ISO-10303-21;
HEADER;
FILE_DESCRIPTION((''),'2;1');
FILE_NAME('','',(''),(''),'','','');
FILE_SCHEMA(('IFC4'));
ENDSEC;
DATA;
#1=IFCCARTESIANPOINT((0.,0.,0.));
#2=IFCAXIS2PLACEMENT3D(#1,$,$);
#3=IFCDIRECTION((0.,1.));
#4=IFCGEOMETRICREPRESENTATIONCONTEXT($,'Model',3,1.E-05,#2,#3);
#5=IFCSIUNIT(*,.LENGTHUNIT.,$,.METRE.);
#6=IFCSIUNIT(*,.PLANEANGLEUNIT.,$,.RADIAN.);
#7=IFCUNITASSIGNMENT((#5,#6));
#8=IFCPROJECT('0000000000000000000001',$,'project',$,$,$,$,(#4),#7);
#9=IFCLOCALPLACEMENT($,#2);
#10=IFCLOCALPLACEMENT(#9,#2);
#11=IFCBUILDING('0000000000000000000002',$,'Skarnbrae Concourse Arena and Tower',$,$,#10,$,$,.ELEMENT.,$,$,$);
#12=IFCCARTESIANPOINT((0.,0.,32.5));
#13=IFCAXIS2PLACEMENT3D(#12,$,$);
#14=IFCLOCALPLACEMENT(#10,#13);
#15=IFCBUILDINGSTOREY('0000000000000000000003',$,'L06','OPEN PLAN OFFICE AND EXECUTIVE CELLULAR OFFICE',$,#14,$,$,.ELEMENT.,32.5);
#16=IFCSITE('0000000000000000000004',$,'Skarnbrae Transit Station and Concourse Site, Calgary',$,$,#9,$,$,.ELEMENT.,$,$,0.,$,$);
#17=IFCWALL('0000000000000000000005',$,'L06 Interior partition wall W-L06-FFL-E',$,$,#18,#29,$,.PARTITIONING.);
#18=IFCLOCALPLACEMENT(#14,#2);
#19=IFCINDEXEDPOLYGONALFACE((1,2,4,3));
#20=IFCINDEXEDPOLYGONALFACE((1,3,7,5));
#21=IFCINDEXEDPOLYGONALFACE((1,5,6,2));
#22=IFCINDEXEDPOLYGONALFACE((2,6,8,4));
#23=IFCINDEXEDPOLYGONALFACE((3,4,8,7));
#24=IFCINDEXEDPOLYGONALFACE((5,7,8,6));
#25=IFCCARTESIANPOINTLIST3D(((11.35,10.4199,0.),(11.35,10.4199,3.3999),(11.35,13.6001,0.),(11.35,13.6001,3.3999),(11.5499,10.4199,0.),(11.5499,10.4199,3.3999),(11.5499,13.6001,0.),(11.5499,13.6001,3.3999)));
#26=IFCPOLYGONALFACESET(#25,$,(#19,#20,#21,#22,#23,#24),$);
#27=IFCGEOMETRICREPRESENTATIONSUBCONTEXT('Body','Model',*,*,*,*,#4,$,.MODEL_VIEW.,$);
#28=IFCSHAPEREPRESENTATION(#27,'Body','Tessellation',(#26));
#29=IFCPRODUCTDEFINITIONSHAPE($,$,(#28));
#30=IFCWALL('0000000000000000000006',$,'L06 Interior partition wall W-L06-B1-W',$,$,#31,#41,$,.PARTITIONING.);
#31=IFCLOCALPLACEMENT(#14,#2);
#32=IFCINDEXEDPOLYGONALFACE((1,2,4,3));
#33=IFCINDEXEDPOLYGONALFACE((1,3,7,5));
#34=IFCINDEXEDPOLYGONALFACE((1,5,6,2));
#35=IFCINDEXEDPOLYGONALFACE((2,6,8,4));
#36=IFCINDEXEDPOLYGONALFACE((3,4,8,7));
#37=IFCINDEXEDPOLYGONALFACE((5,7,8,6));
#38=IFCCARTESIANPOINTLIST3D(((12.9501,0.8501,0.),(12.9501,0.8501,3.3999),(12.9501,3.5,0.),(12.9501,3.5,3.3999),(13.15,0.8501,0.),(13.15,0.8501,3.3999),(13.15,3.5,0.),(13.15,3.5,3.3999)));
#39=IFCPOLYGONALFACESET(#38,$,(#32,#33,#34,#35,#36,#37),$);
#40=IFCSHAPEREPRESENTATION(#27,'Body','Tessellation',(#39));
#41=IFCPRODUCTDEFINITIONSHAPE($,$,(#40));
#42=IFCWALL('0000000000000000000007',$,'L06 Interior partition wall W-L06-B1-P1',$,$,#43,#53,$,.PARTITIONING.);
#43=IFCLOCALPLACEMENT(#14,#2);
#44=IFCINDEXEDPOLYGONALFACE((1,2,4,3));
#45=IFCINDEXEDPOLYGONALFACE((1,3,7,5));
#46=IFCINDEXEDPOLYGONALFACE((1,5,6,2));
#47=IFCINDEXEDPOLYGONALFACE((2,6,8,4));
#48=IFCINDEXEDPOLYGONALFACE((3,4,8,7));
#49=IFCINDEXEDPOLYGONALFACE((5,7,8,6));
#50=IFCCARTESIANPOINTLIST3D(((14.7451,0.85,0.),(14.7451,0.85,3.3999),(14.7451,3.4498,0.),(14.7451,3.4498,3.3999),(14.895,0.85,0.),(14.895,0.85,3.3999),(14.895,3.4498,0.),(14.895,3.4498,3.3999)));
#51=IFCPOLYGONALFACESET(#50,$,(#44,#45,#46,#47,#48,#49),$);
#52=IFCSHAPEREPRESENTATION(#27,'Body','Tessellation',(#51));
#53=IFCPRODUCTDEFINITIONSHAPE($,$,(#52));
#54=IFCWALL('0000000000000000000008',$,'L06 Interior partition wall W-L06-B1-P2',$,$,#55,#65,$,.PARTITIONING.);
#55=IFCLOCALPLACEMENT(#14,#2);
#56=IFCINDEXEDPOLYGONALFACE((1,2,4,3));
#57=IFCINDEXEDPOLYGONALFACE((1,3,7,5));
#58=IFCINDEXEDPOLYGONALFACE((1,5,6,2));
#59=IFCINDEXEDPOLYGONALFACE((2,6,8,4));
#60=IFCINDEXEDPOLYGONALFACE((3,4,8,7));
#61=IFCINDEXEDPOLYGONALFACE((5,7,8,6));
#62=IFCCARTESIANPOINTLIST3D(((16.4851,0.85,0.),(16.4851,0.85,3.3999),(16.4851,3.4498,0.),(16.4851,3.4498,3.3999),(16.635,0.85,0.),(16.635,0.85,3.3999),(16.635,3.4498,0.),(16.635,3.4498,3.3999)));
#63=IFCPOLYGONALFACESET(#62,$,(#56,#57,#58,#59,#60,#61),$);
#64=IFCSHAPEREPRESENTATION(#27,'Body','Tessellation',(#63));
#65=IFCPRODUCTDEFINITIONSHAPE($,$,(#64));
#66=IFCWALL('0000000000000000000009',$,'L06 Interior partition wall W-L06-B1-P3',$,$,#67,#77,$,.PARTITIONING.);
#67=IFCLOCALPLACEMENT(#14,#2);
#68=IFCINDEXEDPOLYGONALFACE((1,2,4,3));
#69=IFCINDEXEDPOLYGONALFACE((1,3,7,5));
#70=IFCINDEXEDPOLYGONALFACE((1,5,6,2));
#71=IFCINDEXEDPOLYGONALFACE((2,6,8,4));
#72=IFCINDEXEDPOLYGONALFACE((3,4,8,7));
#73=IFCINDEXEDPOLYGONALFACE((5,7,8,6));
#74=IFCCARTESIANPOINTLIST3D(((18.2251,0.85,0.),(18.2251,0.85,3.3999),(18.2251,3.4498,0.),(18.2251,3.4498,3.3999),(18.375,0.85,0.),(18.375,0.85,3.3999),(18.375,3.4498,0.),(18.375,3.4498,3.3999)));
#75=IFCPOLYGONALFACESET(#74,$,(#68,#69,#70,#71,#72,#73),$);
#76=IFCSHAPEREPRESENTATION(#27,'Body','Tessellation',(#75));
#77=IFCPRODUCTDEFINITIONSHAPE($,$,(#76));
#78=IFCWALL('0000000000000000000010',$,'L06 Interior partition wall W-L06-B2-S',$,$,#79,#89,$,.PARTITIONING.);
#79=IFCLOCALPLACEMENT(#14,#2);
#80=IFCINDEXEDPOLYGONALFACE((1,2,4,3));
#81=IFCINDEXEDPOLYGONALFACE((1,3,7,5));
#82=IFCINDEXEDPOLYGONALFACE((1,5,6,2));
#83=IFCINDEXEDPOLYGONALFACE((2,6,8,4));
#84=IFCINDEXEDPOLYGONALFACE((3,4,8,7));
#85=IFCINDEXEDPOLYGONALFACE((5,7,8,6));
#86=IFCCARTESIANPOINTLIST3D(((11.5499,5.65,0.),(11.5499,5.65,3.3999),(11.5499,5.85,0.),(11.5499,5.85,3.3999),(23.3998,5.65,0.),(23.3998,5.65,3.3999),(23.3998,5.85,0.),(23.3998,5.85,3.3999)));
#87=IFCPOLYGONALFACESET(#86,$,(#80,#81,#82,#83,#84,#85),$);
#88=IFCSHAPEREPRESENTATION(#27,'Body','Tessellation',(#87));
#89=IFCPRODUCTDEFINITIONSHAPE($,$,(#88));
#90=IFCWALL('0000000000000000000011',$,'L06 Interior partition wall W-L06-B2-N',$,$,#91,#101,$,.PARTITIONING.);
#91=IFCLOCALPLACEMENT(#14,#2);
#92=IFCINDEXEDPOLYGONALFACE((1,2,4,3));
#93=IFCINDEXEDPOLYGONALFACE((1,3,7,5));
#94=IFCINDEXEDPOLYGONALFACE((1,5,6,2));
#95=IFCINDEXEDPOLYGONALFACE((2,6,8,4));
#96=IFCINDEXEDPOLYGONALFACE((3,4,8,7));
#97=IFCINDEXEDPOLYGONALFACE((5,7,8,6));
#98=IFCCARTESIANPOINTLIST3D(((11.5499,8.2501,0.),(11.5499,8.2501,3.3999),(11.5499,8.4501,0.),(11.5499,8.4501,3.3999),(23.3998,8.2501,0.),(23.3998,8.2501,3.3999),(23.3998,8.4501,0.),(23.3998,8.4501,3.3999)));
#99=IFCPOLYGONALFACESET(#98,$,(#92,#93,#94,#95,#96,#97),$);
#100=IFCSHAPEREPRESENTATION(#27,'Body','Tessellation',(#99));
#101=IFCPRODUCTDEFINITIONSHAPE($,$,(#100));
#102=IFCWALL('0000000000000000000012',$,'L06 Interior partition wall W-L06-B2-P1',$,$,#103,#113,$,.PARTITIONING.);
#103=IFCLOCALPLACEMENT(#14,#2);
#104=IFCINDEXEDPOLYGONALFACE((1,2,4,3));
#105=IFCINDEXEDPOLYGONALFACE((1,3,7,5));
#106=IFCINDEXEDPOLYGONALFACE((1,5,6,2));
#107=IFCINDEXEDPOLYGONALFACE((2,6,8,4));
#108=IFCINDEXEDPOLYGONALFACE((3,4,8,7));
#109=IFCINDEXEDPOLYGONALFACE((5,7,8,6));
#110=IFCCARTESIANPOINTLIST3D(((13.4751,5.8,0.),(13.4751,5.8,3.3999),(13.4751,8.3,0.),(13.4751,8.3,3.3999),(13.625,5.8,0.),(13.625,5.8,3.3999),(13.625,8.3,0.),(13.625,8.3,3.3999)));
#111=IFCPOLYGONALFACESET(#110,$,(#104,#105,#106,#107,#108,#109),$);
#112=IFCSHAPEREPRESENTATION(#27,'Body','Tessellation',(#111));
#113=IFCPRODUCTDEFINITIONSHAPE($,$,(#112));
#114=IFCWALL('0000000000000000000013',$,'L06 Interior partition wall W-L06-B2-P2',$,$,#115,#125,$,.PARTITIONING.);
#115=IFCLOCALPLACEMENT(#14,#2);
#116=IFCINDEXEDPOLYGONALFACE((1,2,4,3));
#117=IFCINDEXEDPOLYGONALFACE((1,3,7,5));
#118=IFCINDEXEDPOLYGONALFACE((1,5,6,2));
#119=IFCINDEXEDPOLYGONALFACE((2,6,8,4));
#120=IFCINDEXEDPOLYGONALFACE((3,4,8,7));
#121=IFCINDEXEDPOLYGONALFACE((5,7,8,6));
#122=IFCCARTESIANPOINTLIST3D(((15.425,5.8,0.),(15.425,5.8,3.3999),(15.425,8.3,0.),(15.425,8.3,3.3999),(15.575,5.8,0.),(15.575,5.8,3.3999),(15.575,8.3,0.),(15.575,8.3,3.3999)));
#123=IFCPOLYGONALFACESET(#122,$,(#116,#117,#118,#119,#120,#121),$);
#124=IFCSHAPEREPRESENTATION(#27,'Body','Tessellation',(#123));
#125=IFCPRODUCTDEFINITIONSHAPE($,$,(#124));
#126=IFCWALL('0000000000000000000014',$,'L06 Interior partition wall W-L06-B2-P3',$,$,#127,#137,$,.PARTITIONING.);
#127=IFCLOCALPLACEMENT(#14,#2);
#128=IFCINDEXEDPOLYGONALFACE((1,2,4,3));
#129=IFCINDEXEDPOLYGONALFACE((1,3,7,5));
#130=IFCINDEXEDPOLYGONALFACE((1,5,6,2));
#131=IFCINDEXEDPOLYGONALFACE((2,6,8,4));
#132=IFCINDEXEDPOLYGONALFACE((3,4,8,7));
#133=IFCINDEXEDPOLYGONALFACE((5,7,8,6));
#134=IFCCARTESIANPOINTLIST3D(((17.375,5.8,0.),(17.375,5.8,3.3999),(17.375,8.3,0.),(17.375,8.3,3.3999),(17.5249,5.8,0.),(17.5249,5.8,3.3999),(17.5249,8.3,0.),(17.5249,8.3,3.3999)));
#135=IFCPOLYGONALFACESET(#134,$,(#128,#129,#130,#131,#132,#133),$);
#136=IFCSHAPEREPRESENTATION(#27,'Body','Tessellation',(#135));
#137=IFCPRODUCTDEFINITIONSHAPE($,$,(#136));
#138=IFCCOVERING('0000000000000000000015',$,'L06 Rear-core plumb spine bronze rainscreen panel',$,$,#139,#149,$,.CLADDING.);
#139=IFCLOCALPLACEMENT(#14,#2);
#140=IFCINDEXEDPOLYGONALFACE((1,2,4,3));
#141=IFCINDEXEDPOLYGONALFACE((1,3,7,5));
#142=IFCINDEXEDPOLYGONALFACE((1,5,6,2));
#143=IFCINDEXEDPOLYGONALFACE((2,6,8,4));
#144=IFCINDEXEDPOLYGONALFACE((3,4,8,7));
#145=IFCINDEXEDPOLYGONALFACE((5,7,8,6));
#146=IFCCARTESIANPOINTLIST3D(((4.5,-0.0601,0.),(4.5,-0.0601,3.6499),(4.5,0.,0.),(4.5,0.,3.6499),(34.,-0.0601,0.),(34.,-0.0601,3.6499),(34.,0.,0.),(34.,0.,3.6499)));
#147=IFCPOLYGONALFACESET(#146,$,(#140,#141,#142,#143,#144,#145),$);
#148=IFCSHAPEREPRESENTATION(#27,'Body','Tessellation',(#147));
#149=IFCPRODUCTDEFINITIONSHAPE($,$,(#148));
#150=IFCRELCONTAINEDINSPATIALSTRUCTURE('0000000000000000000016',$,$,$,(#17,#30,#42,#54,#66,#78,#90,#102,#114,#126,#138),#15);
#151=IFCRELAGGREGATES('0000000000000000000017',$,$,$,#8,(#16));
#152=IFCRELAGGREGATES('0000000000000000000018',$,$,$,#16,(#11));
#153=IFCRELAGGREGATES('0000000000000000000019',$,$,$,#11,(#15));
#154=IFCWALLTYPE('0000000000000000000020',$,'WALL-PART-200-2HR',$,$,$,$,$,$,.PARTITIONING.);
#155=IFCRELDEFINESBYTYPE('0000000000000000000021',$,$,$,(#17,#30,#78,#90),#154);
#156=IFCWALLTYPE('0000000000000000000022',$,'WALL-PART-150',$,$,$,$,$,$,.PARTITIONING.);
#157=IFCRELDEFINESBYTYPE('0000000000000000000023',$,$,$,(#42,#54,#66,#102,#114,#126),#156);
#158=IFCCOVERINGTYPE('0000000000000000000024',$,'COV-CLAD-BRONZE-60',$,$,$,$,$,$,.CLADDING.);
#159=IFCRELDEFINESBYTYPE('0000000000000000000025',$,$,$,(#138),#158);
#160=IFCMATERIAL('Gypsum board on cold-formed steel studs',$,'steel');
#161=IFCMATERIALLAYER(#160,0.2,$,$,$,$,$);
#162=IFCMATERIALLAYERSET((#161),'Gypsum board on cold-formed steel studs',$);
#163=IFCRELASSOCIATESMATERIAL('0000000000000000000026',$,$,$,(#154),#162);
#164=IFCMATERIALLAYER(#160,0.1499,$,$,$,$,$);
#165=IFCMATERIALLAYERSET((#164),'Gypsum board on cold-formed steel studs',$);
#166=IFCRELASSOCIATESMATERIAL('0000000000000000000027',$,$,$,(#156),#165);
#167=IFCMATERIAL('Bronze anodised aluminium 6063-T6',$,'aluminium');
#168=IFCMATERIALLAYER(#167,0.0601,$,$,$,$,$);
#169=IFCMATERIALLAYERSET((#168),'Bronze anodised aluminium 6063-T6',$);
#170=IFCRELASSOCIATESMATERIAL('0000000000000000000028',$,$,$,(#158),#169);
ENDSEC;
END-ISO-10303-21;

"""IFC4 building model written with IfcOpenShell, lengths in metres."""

from ifc_helpers import new_model, si_unit, direction, frame, frame_2d, origin, origin_2d, place, context, subcontext, project, spatial, rectangle, extrude, source, transform, mapped, material, layer, layer_set, type_object, element, save


model = new_model("IFC4")

# Units and contexts
model_context = context("Model", 3, precision=1e-05, world=origin(), true_north=direction((0.0, 1.0)))
body_context = subcontext(model_context, "Body", "Model", "MODEL_VIEW")
ifc_project = project(units=[si_unit("LENGTHUNIT", "METRE"), si_unit("PLANEANGLEUNIT", "RADIAN")], contexts=[model_context])

# Site, building, storey
site_placement = place(None, origin())
site = spatial("IfcSite", under=ifc_project, at=site_placement, Name="Skarnbrae Transit Station and Concourse Site, Calgary", CompositionType="ELEMENT", RefElevation=0.0)
building_placement = place(site_placement, origin())
building = spatial("IfcBuilding", under=site, at=building_placement, Name="Skarnbrae Concourse Arena and Tower", CompositionType="ELEMENT")
storey_placement = place(building_placement, frame((0.0, 0.0, 32.5)))
storey = spatial("IfcBuildingStorey", under=building, at=storey_placement, Name="L06", Description="OPEN PLAN OFFICE AND EXECUTIVE CELLULAR OFFICE", CompositionType="ELEMENT", Elevation=32.5)

# Wall
ifc_material_1 = material(Name="Gypsum board on cold-formed steel studs", Category="steel")
ifc_layer_1 = layer(ifc_material_1, 0.2)
ifc_layer_set_1 = layer_set([ifc_layer_1], Name="Gypsum board on cold-formed steel studs")
wall_type_1 = type_object("IfcWallType", Name="WALL-PART-200-2HR", PredefinedType="PARTITIONING", material=ifc_layer_set_1)
shared_shape_1 = source(origin(), body_context, "Body", "SweptSolid", [
    extrude(rectangle(XDim=3.1802, YDim=0.2, at=frame_2d((1.5901, 0.0))), origin(), (0.0, 0.0, 1.0), 3.3999),
])
wall_1_placement = place(storey_placement, frame((11.45, 10.4199, 0.0), z_axis=(0.0, 0.0, 1.0), x_axis=(0.0, 1.0, 0.0)))
element("IfcWall", 1, at=wall_1_placement, inside=storey, type_object=wall_type_1, Name="L06 Interior partition wall W-L06-FFL-E", PredefinedType="PARTITIONING", context=body_context, shape_type="MappedRepresentation", body=[
    mapped(shared_shape_1, transform((0.0, 0.0, 0.0))),
])

# Wall
shared_shape_2 = source(origin(), body_context, "Body", "SweptSolid", [
    extrude(rectangle(XDim=2.6499, YDim=0.2, at=frame_2d((1.325, 0.0))), origin(), (0.0, 0.0, 1.0), 3.3999),
])
wall_2_placement = place(storey_placement, frame((13.05, 0.8501, 0.0), z_axis=(0.0, 0.0, 1.0), x_axis=(0.0, 1.0, 0.0)))
element("IfcWall", 2, at=wall_2_placement, inside=storey, type_object=wall_type_1, Name="L06 Interior partition wall W-L06-B1-W", PredefinedType="PARTITIONING", context=body_context, shape_type="MappedRepresentation", body=[
    mapped(shared_shape_2, transform((0.0, 0.0, 0.0))),
])

# Shared definitions
ifc_material_2 = material(Name="Bronze anodised aluminium 6063-T6", Category="aluminium")

# Walls
ifc_layer_2 = layer(ifc_material_1, 0.1499)
ifc_layer_set_2 = layer_set([ifc_layer_2], Name="Gypsum board on cold-formed steel studs")
wall_type_2 = type_object("IfcWallType", Name="WALL-PART-150", PredefinedType="PARTITIONING", material=ifc_layer_set_2)
shared_shape_3 = source(origin(), body_context, "Body", "SweptSolid", [
    extrude(rectangle(XDim=2.5999, YDim=0.1499, at=frame_2d((1.2998, 0.0))), origin(), (0.0, 0.0, 1.0), 3.3999),
])
for number, where, z_axis, x_axis, name in (
    (3, (14.8201, 0.8501, 0.0), (0.0, 0.0, 1.0), (0.0, 1.0, 0.0), "L06 Interior partition wall W-L06-B1-P1"),
    (4, (16.5601, 0.8501, 0.0), (0.0, 0.0, 1.0), (0.0, 1.0, 0.0), "L06 Interior partition wall W-L06-B1-P2"),
    (5, (18.3, 0.8501, 0.0), (0.0, 0.0, 1.0), (0.0, 1.0, 0.0), "L06 Interior partition wall W-L06-B1-P3"),
):
    element("IfcWall", number, at=place(storey_placement, frame(where, z_axis=z_axis, x_axis=x_axis)), inside=storey, type_object=wall_type_2, Name=name, PredefinedType="PARTITIONING", context=body_context, shape_type="MappedRepresentation", body=[
        mapped(shared_shape_3, transform((0.0, 0.0, 0.0))),
    ])
shared_shape_4 = source(origin(), body_context, "Body", "SweptSolid", [
    extrude(rectangle(XDim=11.8499, YDim=0.2, at=frame_2d((5.9248, 0.0))), origin(), (0.0, 0.0, 1.0), 3.3999),
])
for number, where, z_axis, x_axis, name in (
    (6, (11.55, 5.75, 0.0), (0.0, 0.0, 1.0), (1.0, 0.0, 0.0), "L06 Interior partition wall W-L06-B2-S"),
    (7, (11.55, 8.3501, 0.0), (0.0, 0.0, 1.0), (1.0, 0.0, 0.0), "L06 Interior partition wall W-L06-B2-N"),
):
    element("IfcWall", number, at=place(storey_placement, frame(where, z_axis=z_axis, x_axis=x_axis)), inside=storey, type_object=wall_type_1, Name=name, PredefinedType="PARTITIONING", context=body_context, shape_type="MappedRepresentation", body=[
        mapped(shared_shape_4, transform((0.0, 0.0, 0.0))),
    ])
shared_shape_5 = source(origin(), body_context, "Body", "SweptSolid", [
    extrude(rectangle(XDim=2.5, YDim=0.1499, at=frame_2d((1.25, 0.0))), origin(), (0.0, 0.0, 1.0), 3.3999),
])
for number, where, z_axis, x_axis, name in (
    (8, (13.55, 5.8, 0.0), (0.0, 0.0, 1.0), (0.0, 1.0, 0.0), "L06 Interior partition wall W-L06-B2-P1"),
    (9, (15.5, 5.8, 0.0), (0.0, 0.0, 1.0), (0.0, 1.0, 0.0), "L06 Interior partition wall W-L06-B2-P2"),
    (10, (17.45, 5.8, 0.0), (0.0, 0.0, 1.0), (0.0, 1.0, 0.0), "L06 Interior partition wall W-L06-B2-P3"),
):
    element("IfcWall", number, at=place(storey_placement, frame(where, z_axis=z_axis, x_axis=x_axis)), inside=storey, type_object=wall_type_2, Name=name, PredefinedType="PARTITIONING", context=body_context, shape_type="MappedRepresentation", body=[
        mapped(shared_shape_5, transform((0.0, 0.0, 0.0))),
    ])

# Covering
ifc_layer_3 = layer(ifc_material_2, 0.0601)
ifc_layer_set_3 = layer_set([ifc_layer_3], Name="Bronze anodised aluminium 6063-T6")
covering_type = type_object("IfcCoveringType", Name="COV-CLAD-BRONZE-60", PredefinedType="CLADDING", material=ifc_layer_set_3)
shared_shape_6 = source(origin(), body_context, "Body", "SweptSolid", [
    extrude(rectangle(XDim=29.5, YDim=0.0601, at=origin_2d()), origin(), (0.0, 0.0, 1.0), 3.6499),
])
covering_placement = place(storey_placement, frame((19.25, -0.03, 0.0), z_axis=(0.0, 0.0, 1.0), x_axis=(1.0, 0.0, 0.0)))
element("IfcCovering", 11, at=covering_placement, inside=storey, type_object=covering_type, Name="L06 Rear-core plumb spine bronze rainscreen panel", PredefinedType="CLADDING", context=body_context, shape_type="MappedRepresentation", body=[
    mapped(shared_shape_6, transform((0.0, 0.0, 0.0))),
])

save(model, "model.ifc")
